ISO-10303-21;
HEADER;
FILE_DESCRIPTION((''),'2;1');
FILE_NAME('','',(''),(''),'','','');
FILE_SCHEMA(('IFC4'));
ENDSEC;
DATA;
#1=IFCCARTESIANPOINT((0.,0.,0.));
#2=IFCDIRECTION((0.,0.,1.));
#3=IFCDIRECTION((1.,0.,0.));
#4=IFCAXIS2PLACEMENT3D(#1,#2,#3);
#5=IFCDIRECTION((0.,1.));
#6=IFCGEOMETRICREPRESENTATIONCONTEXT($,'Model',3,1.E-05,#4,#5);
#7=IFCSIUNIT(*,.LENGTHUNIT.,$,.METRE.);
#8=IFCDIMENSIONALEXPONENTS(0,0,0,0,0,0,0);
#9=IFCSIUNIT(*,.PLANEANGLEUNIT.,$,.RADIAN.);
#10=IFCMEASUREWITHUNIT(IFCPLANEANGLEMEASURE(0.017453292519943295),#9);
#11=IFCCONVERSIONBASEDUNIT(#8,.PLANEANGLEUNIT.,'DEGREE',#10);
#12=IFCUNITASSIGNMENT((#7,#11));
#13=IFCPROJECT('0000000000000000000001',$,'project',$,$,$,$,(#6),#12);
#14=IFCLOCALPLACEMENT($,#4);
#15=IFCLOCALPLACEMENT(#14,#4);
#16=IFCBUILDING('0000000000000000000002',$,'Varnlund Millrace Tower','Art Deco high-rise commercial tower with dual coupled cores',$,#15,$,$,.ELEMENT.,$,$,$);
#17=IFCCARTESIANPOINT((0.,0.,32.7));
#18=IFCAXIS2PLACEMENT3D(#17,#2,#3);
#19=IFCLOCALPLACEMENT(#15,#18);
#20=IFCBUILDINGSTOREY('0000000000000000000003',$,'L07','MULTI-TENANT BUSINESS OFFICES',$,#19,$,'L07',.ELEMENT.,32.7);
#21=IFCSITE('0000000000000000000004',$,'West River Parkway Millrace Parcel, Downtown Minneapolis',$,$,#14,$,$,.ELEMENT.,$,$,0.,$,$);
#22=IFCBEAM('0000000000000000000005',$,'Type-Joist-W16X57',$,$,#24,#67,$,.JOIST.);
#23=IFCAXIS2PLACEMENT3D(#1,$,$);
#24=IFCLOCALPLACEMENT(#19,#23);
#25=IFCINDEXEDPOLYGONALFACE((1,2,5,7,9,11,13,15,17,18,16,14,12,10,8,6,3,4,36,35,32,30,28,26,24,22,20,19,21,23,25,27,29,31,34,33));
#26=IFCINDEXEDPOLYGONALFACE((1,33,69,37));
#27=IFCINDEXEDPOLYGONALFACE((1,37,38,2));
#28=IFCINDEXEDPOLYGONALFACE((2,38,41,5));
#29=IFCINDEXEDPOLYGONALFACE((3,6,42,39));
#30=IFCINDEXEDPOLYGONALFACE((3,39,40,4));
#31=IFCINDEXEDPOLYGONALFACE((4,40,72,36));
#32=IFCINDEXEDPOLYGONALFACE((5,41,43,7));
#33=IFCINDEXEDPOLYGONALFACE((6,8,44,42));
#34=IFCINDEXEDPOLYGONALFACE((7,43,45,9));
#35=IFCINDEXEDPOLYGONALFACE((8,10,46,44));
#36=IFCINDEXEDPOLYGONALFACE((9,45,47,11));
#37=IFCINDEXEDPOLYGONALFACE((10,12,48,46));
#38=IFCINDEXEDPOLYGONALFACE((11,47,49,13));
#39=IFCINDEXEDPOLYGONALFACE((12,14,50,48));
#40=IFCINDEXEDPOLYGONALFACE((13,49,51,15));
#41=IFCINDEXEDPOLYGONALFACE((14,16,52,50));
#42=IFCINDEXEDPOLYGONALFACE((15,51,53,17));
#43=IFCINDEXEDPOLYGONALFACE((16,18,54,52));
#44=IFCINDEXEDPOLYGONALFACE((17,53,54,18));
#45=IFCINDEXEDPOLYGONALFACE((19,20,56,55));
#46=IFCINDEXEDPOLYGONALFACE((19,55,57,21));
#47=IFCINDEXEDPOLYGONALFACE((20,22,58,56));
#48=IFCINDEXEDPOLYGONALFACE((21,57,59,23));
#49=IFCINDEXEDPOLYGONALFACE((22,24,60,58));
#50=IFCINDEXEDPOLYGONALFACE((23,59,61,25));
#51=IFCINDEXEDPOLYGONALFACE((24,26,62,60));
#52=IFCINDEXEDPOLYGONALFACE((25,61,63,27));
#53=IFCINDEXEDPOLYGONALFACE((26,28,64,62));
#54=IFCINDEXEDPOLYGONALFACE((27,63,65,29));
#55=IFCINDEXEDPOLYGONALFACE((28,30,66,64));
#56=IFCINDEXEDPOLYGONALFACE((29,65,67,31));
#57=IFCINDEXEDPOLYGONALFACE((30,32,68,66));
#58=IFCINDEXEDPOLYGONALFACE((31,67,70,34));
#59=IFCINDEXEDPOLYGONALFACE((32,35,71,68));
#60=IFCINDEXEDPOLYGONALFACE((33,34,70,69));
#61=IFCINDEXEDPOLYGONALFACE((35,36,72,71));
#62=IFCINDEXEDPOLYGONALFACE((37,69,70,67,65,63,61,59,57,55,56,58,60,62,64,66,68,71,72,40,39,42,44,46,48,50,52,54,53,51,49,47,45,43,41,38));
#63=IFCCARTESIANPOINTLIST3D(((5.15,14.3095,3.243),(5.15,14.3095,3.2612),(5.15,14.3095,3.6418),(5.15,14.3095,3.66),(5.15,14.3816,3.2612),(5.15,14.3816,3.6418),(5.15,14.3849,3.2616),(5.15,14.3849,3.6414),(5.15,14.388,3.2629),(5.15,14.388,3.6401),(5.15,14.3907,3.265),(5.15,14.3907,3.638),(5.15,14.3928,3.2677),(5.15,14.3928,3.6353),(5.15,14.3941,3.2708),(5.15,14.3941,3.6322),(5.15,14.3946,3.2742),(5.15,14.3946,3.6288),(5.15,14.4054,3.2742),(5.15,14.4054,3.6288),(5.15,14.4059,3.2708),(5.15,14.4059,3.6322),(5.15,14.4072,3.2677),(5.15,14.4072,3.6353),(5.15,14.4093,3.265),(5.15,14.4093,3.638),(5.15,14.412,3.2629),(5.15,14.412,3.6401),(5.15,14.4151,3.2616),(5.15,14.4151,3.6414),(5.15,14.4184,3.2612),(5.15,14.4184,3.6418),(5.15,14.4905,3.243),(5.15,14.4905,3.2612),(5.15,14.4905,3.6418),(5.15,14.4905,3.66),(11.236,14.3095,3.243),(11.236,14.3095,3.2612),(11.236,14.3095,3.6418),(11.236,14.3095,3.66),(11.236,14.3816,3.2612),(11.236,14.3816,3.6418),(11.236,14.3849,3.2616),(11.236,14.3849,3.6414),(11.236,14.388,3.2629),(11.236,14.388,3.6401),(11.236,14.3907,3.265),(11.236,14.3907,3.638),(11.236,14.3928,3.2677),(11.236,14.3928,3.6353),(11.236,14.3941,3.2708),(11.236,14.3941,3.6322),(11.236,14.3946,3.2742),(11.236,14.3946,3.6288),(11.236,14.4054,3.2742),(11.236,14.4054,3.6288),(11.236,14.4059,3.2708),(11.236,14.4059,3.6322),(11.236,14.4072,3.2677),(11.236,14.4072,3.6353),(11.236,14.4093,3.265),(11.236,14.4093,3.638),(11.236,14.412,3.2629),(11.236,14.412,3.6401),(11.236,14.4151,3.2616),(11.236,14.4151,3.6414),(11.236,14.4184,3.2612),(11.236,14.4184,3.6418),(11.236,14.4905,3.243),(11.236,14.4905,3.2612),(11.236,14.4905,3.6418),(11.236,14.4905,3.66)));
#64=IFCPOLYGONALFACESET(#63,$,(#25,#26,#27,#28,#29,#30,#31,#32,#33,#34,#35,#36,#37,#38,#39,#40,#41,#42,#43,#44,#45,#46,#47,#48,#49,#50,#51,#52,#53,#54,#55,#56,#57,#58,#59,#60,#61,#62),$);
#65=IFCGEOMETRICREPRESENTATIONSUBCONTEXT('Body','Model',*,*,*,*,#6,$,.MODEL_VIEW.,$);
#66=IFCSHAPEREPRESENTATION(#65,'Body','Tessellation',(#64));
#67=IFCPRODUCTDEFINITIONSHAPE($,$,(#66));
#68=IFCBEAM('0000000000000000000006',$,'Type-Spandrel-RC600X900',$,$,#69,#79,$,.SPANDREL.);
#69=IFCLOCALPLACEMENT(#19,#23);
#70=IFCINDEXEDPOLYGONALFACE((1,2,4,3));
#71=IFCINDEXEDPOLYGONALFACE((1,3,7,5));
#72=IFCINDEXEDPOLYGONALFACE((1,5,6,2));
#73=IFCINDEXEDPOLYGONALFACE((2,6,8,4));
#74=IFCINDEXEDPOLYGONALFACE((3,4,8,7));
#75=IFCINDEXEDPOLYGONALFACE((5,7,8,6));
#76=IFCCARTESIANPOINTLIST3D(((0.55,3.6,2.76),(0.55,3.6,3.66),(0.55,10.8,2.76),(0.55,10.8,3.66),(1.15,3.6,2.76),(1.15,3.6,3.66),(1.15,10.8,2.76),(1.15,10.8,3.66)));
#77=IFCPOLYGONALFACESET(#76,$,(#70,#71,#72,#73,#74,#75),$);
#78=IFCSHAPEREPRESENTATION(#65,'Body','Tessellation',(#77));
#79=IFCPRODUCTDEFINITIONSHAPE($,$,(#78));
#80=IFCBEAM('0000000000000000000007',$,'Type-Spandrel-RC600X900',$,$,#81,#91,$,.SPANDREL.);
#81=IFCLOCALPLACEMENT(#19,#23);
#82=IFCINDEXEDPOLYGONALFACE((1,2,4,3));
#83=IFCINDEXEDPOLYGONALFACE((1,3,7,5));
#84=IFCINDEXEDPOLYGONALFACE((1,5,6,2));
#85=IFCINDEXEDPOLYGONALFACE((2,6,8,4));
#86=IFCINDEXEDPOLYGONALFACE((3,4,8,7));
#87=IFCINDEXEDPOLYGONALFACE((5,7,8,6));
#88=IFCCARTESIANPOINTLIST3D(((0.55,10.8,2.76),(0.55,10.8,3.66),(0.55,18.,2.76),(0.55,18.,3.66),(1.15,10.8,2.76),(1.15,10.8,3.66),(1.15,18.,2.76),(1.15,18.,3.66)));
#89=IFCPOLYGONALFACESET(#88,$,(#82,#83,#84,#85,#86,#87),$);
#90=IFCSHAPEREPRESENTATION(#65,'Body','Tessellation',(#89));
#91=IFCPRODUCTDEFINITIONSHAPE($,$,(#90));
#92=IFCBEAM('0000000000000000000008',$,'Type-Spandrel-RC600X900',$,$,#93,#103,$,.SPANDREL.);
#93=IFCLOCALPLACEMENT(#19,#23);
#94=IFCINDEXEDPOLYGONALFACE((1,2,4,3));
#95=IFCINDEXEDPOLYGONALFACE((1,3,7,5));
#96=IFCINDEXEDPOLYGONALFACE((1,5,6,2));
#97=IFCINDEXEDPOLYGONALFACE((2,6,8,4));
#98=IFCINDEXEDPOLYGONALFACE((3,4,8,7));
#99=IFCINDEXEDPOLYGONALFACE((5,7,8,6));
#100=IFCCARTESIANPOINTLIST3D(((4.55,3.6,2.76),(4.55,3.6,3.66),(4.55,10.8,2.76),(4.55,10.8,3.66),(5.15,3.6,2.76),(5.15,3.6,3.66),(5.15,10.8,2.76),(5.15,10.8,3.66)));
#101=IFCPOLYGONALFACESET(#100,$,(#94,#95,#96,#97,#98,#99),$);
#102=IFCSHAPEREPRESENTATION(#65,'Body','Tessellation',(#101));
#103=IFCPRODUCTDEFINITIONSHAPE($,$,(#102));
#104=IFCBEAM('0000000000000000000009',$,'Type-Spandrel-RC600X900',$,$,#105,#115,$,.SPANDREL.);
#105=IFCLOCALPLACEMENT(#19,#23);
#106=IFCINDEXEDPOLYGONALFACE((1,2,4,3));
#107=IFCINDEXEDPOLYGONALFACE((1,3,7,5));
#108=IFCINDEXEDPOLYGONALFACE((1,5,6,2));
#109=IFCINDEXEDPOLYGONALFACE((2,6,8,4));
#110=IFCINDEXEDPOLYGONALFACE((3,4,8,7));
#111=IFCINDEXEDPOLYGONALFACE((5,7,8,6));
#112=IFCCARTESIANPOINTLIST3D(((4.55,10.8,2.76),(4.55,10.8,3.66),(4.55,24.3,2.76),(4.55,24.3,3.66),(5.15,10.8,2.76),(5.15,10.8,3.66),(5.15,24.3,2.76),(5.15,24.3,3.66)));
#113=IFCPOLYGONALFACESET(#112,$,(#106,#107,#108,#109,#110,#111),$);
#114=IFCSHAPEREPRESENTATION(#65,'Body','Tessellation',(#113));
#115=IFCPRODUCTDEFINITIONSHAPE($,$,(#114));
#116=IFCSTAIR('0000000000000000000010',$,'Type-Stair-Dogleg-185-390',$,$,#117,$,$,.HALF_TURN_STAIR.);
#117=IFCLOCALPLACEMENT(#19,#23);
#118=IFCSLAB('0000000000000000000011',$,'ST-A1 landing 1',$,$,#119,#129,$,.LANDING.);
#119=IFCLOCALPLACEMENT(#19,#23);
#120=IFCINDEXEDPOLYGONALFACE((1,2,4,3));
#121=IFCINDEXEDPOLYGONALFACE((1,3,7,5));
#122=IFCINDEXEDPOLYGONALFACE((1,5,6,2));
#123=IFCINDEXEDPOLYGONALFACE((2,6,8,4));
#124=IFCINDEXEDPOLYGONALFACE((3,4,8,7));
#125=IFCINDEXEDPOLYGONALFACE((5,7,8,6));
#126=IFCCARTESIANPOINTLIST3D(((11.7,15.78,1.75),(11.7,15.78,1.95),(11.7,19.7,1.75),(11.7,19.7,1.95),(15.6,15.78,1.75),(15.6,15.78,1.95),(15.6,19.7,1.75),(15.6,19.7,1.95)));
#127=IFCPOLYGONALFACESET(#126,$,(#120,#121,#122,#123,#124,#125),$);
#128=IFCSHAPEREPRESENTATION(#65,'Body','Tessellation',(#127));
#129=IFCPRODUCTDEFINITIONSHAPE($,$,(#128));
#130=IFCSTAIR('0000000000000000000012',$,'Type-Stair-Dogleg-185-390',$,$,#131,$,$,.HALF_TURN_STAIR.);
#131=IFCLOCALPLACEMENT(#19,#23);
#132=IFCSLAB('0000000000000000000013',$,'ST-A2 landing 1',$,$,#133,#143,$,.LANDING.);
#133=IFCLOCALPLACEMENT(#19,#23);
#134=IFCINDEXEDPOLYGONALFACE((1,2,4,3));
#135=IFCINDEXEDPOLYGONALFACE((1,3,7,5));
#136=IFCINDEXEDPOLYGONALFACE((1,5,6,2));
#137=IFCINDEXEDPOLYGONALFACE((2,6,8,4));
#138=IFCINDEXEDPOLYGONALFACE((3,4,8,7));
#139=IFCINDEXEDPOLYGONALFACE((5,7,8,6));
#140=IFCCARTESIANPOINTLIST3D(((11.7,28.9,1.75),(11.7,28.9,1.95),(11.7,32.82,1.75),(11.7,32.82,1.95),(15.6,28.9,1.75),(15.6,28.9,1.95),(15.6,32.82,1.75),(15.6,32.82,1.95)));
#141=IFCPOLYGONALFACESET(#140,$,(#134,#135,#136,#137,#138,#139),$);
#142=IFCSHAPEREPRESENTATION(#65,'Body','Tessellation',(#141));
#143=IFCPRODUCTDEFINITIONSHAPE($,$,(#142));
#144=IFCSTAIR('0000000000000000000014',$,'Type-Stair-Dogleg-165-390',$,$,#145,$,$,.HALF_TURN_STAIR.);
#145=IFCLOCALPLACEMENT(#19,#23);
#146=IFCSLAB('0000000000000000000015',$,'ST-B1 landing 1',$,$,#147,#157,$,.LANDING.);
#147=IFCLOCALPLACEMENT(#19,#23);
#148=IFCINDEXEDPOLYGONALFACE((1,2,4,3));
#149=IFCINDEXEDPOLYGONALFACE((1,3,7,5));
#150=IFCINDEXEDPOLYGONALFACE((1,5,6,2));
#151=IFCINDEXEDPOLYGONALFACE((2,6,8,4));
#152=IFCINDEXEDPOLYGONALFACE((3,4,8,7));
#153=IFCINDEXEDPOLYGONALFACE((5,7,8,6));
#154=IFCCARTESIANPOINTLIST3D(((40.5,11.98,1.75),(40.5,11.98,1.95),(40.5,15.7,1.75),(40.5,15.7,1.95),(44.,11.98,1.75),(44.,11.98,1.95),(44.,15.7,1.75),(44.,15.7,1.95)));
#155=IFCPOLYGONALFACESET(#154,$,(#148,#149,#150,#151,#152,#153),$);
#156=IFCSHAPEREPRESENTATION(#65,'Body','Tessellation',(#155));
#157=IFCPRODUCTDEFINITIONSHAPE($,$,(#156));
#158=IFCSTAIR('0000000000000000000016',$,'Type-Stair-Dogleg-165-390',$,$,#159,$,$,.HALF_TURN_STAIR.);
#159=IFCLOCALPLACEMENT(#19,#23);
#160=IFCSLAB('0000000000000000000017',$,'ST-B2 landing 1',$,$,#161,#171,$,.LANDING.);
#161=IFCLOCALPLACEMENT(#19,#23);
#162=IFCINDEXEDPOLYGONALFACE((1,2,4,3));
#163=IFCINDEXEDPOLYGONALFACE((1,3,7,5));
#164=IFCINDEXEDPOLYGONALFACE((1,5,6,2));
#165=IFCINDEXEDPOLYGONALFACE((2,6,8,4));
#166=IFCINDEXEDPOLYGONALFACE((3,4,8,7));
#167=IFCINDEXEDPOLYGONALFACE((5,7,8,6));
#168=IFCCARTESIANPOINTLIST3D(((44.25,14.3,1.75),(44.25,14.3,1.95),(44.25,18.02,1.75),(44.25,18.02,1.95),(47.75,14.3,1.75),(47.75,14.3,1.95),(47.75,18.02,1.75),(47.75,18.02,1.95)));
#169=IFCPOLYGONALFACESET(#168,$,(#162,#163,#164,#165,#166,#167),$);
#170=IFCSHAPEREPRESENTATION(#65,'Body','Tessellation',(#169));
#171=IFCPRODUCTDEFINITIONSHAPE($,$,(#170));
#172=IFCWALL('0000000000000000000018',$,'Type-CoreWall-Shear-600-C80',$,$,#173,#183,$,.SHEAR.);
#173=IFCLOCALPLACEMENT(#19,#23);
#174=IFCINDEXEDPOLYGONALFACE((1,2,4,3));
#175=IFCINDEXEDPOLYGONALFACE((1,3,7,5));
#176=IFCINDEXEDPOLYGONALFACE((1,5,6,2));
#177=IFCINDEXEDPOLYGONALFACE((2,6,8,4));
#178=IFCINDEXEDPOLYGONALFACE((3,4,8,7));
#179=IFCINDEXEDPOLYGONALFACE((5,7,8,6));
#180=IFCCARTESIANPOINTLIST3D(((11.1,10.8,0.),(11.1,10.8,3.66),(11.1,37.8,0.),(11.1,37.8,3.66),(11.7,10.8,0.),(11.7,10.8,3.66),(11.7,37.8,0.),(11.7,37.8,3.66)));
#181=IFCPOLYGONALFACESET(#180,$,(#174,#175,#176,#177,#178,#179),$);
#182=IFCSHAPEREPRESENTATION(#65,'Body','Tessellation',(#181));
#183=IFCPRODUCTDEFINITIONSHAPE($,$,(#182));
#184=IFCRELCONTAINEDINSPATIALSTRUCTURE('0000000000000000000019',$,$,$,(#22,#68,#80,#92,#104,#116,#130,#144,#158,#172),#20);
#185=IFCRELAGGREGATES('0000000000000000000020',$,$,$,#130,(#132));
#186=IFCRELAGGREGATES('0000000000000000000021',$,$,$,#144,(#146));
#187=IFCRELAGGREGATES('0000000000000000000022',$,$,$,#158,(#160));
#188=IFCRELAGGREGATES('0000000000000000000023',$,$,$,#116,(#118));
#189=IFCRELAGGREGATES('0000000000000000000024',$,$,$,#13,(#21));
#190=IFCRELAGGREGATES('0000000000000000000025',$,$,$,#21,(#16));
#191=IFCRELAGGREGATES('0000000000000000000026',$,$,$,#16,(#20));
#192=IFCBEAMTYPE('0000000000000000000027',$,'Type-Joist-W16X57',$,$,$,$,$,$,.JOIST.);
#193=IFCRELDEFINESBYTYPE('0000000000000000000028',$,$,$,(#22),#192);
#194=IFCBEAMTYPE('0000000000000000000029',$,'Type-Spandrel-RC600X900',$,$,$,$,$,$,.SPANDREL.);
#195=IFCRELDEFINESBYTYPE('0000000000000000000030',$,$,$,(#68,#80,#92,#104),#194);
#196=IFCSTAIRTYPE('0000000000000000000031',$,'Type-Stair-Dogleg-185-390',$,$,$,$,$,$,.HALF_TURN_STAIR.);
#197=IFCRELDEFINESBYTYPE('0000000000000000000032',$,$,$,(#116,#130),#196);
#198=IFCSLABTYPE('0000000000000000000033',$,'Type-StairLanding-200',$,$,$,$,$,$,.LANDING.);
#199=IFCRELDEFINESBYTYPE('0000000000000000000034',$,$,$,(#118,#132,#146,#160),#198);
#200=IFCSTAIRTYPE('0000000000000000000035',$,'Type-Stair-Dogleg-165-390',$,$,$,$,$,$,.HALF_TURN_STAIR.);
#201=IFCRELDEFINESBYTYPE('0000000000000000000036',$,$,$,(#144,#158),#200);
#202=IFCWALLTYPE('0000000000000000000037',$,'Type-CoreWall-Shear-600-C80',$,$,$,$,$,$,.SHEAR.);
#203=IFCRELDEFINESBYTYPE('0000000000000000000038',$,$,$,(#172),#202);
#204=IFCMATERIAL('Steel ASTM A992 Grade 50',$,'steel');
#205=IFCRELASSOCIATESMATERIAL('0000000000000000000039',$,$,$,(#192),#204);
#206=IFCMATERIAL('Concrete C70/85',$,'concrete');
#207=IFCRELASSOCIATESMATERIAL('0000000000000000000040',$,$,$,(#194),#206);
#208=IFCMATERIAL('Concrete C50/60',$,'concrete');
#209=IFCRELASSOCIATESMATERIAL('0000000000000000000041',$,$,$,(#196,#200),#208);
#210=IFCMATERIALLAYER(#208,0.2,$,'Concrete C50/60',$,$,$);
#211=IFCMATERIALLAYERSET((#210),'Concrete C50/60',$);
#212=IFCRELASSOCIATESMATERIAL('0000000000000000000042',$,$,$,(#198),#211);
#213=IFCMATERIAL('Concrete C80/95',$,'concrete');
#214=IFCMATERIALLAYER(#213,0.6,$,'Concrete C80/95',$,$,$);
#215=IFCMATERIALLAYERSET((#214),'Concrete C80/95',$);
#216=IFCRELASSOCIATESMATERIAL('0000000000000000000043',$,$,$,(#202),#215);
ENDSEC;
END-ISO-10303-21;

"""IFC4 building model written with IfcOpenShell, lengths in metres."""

from ifc_helpers import new_model, entity, si_unit, converted_unit, direction, frame, origin_with_axes, origin_2d_with_axis, place, context, subcontext, project, spatial, polyline, rectangle, i_section, outline, extrude, material, layer, layer_set, material_profile, profile_set, type_object, element, aggregate, save


model = new_model("IFC4")

# Units and contexts
model_context = context("Model", 3, precision=1e-05, world=origin_with_axes(), true_north=direction((0.0, 1.0)))
body_context = subcontext(model_context, "Body", "Model", "MODEL_VIEW")
ifc_project = project(units=[si_unit("LENGTHUNIT", "METRE"), converted_unit("PLANEANGLEUNIT", "DEGREE", entity("IfcPlaneAngleMeasure", 0.017453292519943295), si_unit("PLANEANGLEUNIT", "RADIAN"), dimensions=[0, 0, 0, 0, 0, 0, 0])], contexts=[model_context])

# Site, building, storey
site_placement = place(None, origin_with_axes())
site = spatial("IfcSite", under=ifc_project, at=site_placement, Name="West River Parkway Millrace Parcel, Downtown Minneapolis", CompositionType="ELEMENT", RefElevation=0.0)
building_placement = place(site_placement, origin_with_axes())
building = spatial("IfcBuilding", under=site, at=building_placement, Name="Varnlund Millrace Tower", Description="Art Deco high-rise commercial tower with dual coupled cores", CompositionType="ELEMENT")
storey_placement = place(building_placement, frame((0.0, 0.0, 32.7), z_axis=(0.0, 0.0, 1.0), x_axis=(1.0, 0.0, 0.0)))
storey = spatial("IfcBuildingStorey", under=building, at=storey_placement, Name="L07", Description="MULTI-TENANT BUSINESS OFFICES", LongName="L07", CompositionType="ELEMENT", Elevation=32.7)

# Shared definitions
ifc_material_1 = material(Name="Concrete C80/95", Category="concrete")

# Beams
ifc_material_2 = material(Name="Steel ASTM A992 Grade 50", Category="steel")
ifc_material_profile_1 = material_profile(ifc_material_2, i_section(OverallWidth=0.181, OverallDepth=0.417, WebThickness=0.0109, FlangeThickness=0.0182, FilletRadius=0.013, at=origin_2d_with_axis()), Name="Steel ASTM A992 Grade 50")
ifc_profile_set_1 = profile_set([ifc_material_profile_1], Name="Steel ASTM A992 Grade 50")
beam_type_1 = type_object("IfcBeamType", Name="Type-Joist-W16X57", PredefinedType="JOIST", material=ifc_profile_set_1)
for number, where, z_axis, x_axis, name in (
    (1, (5.15, 14.4, 3.4515), (1.0, 0.0, 0.0), (0.0, 1.0, 0.0), "Type-Joist-W16X57"),
):
    element("IfcBeam", number, at=place(storey_placement, frame(where, z_axis=z_axis, x_axis=x_axis)), inside=storey, type_object=beam_type_1, Name=name, PredefinedType="JOIST", context=body_context, shape_type="SweptSolid", body=[
        extrude(i_section(OverallWidth=0.181, OverallDepth=0.417, WebThickness=0.0109, FlangeThickness=0.0182, FilletRadius=0.013, at=origin_2d_with_axis()), origin_with_axes(), (0.0, 0.0, 1.0), 6.086),
    ])
ifc_material_3 = material(Name="Concrete C70/85", Category="concrete")
ifc_material_profile_2 = material_profile(ifc_material_3, rectangle(XDim=0.6, YDim=0.9, at=origin_2d_with_axis()), Name="Concrete C70/85")
ifc_profile_set_2 = profile_set([ifc_material_profile_2], Name="Concrete C70/85")
beam_type_2 = type_object("IfcBeamType", Name="Type-Spandrel-RC600X900", PredefinedType="SPANDREL", material=ifc_profile_set_2)
for number, where, z_axis, x_axis, name in (
    (2, (0.85, 3.6, 3.21), (0.0, 1.0, 0.0), (-1.0, 0.0, 0.0), "Type-Spandrel-RC600X900"),
    (3, (0.85, 10.8, 3.21), (0.0, 1.0, 0.0), (-1.0, 0.0, 0.0), "Type-Spandrel-RC600X900"),
    (4, (4.85, 3.6, 3.21), (0.0, 1.0, 0.0), (-1.0, 0.0, 0.0), "Type-Spandrel-RC600X900"),
):
    element("IfcBeam", number, at=place(storey_placement, frame(where, z_axis=z_axis, x_axis=x_axis)), inside=storey, type_object=beam_type_2, Name=name, PredefinedType="SPANDREL", context=body_context, shape_type="SweptSolid", body=[
        extrude(rectangle(XDim=0.6, YDim=0.9, at=origin_2d_with_axis()), origin_with_axes(), (0.0, 0.0, 1.0), 7.2),
    ])
beam_1_placement = place(storey_placement, frame((4.85, 10.8, 3.21), z_axis=(0.0, 1.0, 0.0), x_axis=(-1.0, 0.0, 0.0)))
element("IfcBeam", 5, at=beam_1_placement, inside=storey, type_object=beam_type_2, Name="Type-Spandrel-RC600X900", PredefinedType="SPANDREL", context=body_context, shape_type="SweptSolid", body=[
    extrude(rectangle(XDim=0.6, YDim=0.9, at=origin_2d_with_axis()), origin_with_axes(), (0.0, 0.0, 1.0), 13.5),
])

# Stairs, slabs
ifc_material_4 = material(Name="Concrete C50/60", Category="concrete")
stair_type_1 = type_object("IfcStairType", Name="Type-Stair-Dogleg-185-390", PredefinedType="HALF_TURN_STAIR", material=ifc_material_4)
stair_1_placement = place(storey_placement, origin_with_axes())
stair_1 = element("IfcStair", 6, at=stair_1_placement, inside=storey, type_object=stair_type_1, Name="Type-Stair-Dogleg-185-390", PredefinedType="HALF_TURN_STAIR")
ifc_layer_1 = layer(ifc_material_4, 0.2, Name="Concrete C50/60")
ifc_layer_set_1 = layer_set([ifc_layer_1], Name="Concrete C50/60")
slab_type = type_object("IfcSlabType", Name="Type-StairLanding-200", PredefinedType="LANDING", material=ifc_layer_set_1)
slab_1_placement = place(storey_placement, frame((0.0, 0.0, 1.75), z_axis=(0.0, 0.0, 1.0), x_axis=(1.0, 0.0, 0.0)))
slab_1 = element("IfcSlab", 7, at=slab_1_placement, type_object=slab_type, Name="ST-A1 landing 1", PredefinedType="LANDING", context=body_context, shape_type="SweptSolid", body=[
    extrude(outline(polyline([(15.6, 15.78), (15.6, 19.7), (11.7, 19.7), (11.7, 15.78), (15.6, 15.78)])), origin_with_axes(), (0.0, 0.0, 1.0), 0.2),
])
stair_2_placement = place(storey_placement, origin_with_axes())
stair_2 = element("IfcStair", 8, at=stair_2_placement, inside=storey, type_object=stair_type_1, Name="Type-Stair-Dogleg-185-390", PredefinedType="HALF_TURN_STAIR")
slab_2_placement = place(storey_placement, frame((0.0, 0.0, 1.75), z_axis=(0.0, 0.0, 1.0), x_axis=(1.0, 0.0, 0.0)))
slab_2 = element("IfcSlab", 9, at=slab_2_placement, type_object=slab_type, Name="ST-A2 landing 1", PredefinedType="LANDING", context=body_context, shape_type="SweptSolid", body=[
    extrude(outline(polyline([(11.7, 32.82), (11.7, 28.9), (15.6, 28.9), (15.6, 32.82), (11.7, 32.82)])), origin_with_axes(), (0.0, 0.0, 1.0), 0.2),
])
aggregate(stair_2, [slab_2])
stair_type_2 = type_object("IfcStairType", Name="Type-Stair-Dogleg-165-390", PredefinedType="HALF_TURN_STAIR", material=ifc_material_4)
stair_3_placement = place(storey_placement, origin_with_axes())
stair_3 = element("IfcStair", 10, at=stair_3_placement, inside=storey, type_object=stair_type_2, Name="Type-Stair-Dogleg-165-390", PredefinedType="HALF_TURN_STAIR")
slab_3_placement = place(storey_placement, frame((0.0, 0.0, 1.75), z_axis=(0.0, 0.0, 1.0), x_axis=(1.0, 0.0, 0.0)))
slab_3 = element("IfcSlab", 11, at=slab_3_placement, type_object=slab_type, Name="ST-B1 landing 1", PredefinedType="LANDING", context=body_context, shape_type="SweptSolid", body=[
    extrude(outline(polyline([(44.0, 11.98), (44.0, 15.7), (40.5, 15.7), (40.5, 11.98), (44.0, 11.98)])), origin_with_axes(), (0.0, 0.0, 1.0), 0.2),
])
aggregate(stair_3, [slab_3])
stair_4_placement = place(storey_placement, origin_with_axes())
stair_4 = element("IfcStair", 12, at=stair_4_placement, inside=storey, type_object=stair_type_2, Name="Type-Stair-Dogleg-165-390", PredefinedType="HALF_TURN_STAIR")
slab_4_placement = place(storey_placement, frame((0.0, 0.0, 1.75), z_axis=(0.0, 0.0, 1.0), x_axis=(1.0, 0.0, 0.0)))
slab_4 = element("IfcSlab", 13, at=slab_4_placement, type_object=slab_type, Name="ST-B2 landing 1", PredefinedType="LANDING", context=body_context, shape_type="SweptSolid", body=[
    extrude(outline(polyline([(44.25, 18.02), (44.25, 14.3), (47.75, 14.3), (47.75, 18.02), (44.25, 18.02)])), origin_with_axes(), (0.0, 0.0, 1.0), 0.2),
])
aggregate(stair_4, [slab_4])

# Wall
ifc_layer_2 = layer(ifc_material_1, 0.6, Name="Concrete C80/95")
ifc_layer_set_2 = layer_set([ifc_layer_2], Name="Concrete C80/95")
wall_type_1 = type_object("IfcWallType", Name="Type-CoreWall-Shear-600-C80", PredefinedType="SHEAR", material=ifc_layer_set_2)
wall_1_placement = place(storey_placement, frame((11.4, 10.8, 0.0), z_axis=(0.0, 0.0, 1.0), x_axis=(0.0, 1.0, 0.0)))
element("IfcWall", 14, at=wall_1_placement, inside=storey, type_object=wall_type_1, Name="Type-CoreWall-Shear-600-C80", PredefinedType="SHEAR", context=body_context, shape_type="SweptSolid", body=[
    extrude(outline(polyline([(0.0, -0.3), (27.0, -0.3), (27.0, 0.3), (0.0, 0.3), (0.0, -0.3)])), origin_with_axes(), (0.0, 0.0, 1.0), 3.66),
])

aggregate(stair_1, [slab_1])

save(model, "model.ifc")
